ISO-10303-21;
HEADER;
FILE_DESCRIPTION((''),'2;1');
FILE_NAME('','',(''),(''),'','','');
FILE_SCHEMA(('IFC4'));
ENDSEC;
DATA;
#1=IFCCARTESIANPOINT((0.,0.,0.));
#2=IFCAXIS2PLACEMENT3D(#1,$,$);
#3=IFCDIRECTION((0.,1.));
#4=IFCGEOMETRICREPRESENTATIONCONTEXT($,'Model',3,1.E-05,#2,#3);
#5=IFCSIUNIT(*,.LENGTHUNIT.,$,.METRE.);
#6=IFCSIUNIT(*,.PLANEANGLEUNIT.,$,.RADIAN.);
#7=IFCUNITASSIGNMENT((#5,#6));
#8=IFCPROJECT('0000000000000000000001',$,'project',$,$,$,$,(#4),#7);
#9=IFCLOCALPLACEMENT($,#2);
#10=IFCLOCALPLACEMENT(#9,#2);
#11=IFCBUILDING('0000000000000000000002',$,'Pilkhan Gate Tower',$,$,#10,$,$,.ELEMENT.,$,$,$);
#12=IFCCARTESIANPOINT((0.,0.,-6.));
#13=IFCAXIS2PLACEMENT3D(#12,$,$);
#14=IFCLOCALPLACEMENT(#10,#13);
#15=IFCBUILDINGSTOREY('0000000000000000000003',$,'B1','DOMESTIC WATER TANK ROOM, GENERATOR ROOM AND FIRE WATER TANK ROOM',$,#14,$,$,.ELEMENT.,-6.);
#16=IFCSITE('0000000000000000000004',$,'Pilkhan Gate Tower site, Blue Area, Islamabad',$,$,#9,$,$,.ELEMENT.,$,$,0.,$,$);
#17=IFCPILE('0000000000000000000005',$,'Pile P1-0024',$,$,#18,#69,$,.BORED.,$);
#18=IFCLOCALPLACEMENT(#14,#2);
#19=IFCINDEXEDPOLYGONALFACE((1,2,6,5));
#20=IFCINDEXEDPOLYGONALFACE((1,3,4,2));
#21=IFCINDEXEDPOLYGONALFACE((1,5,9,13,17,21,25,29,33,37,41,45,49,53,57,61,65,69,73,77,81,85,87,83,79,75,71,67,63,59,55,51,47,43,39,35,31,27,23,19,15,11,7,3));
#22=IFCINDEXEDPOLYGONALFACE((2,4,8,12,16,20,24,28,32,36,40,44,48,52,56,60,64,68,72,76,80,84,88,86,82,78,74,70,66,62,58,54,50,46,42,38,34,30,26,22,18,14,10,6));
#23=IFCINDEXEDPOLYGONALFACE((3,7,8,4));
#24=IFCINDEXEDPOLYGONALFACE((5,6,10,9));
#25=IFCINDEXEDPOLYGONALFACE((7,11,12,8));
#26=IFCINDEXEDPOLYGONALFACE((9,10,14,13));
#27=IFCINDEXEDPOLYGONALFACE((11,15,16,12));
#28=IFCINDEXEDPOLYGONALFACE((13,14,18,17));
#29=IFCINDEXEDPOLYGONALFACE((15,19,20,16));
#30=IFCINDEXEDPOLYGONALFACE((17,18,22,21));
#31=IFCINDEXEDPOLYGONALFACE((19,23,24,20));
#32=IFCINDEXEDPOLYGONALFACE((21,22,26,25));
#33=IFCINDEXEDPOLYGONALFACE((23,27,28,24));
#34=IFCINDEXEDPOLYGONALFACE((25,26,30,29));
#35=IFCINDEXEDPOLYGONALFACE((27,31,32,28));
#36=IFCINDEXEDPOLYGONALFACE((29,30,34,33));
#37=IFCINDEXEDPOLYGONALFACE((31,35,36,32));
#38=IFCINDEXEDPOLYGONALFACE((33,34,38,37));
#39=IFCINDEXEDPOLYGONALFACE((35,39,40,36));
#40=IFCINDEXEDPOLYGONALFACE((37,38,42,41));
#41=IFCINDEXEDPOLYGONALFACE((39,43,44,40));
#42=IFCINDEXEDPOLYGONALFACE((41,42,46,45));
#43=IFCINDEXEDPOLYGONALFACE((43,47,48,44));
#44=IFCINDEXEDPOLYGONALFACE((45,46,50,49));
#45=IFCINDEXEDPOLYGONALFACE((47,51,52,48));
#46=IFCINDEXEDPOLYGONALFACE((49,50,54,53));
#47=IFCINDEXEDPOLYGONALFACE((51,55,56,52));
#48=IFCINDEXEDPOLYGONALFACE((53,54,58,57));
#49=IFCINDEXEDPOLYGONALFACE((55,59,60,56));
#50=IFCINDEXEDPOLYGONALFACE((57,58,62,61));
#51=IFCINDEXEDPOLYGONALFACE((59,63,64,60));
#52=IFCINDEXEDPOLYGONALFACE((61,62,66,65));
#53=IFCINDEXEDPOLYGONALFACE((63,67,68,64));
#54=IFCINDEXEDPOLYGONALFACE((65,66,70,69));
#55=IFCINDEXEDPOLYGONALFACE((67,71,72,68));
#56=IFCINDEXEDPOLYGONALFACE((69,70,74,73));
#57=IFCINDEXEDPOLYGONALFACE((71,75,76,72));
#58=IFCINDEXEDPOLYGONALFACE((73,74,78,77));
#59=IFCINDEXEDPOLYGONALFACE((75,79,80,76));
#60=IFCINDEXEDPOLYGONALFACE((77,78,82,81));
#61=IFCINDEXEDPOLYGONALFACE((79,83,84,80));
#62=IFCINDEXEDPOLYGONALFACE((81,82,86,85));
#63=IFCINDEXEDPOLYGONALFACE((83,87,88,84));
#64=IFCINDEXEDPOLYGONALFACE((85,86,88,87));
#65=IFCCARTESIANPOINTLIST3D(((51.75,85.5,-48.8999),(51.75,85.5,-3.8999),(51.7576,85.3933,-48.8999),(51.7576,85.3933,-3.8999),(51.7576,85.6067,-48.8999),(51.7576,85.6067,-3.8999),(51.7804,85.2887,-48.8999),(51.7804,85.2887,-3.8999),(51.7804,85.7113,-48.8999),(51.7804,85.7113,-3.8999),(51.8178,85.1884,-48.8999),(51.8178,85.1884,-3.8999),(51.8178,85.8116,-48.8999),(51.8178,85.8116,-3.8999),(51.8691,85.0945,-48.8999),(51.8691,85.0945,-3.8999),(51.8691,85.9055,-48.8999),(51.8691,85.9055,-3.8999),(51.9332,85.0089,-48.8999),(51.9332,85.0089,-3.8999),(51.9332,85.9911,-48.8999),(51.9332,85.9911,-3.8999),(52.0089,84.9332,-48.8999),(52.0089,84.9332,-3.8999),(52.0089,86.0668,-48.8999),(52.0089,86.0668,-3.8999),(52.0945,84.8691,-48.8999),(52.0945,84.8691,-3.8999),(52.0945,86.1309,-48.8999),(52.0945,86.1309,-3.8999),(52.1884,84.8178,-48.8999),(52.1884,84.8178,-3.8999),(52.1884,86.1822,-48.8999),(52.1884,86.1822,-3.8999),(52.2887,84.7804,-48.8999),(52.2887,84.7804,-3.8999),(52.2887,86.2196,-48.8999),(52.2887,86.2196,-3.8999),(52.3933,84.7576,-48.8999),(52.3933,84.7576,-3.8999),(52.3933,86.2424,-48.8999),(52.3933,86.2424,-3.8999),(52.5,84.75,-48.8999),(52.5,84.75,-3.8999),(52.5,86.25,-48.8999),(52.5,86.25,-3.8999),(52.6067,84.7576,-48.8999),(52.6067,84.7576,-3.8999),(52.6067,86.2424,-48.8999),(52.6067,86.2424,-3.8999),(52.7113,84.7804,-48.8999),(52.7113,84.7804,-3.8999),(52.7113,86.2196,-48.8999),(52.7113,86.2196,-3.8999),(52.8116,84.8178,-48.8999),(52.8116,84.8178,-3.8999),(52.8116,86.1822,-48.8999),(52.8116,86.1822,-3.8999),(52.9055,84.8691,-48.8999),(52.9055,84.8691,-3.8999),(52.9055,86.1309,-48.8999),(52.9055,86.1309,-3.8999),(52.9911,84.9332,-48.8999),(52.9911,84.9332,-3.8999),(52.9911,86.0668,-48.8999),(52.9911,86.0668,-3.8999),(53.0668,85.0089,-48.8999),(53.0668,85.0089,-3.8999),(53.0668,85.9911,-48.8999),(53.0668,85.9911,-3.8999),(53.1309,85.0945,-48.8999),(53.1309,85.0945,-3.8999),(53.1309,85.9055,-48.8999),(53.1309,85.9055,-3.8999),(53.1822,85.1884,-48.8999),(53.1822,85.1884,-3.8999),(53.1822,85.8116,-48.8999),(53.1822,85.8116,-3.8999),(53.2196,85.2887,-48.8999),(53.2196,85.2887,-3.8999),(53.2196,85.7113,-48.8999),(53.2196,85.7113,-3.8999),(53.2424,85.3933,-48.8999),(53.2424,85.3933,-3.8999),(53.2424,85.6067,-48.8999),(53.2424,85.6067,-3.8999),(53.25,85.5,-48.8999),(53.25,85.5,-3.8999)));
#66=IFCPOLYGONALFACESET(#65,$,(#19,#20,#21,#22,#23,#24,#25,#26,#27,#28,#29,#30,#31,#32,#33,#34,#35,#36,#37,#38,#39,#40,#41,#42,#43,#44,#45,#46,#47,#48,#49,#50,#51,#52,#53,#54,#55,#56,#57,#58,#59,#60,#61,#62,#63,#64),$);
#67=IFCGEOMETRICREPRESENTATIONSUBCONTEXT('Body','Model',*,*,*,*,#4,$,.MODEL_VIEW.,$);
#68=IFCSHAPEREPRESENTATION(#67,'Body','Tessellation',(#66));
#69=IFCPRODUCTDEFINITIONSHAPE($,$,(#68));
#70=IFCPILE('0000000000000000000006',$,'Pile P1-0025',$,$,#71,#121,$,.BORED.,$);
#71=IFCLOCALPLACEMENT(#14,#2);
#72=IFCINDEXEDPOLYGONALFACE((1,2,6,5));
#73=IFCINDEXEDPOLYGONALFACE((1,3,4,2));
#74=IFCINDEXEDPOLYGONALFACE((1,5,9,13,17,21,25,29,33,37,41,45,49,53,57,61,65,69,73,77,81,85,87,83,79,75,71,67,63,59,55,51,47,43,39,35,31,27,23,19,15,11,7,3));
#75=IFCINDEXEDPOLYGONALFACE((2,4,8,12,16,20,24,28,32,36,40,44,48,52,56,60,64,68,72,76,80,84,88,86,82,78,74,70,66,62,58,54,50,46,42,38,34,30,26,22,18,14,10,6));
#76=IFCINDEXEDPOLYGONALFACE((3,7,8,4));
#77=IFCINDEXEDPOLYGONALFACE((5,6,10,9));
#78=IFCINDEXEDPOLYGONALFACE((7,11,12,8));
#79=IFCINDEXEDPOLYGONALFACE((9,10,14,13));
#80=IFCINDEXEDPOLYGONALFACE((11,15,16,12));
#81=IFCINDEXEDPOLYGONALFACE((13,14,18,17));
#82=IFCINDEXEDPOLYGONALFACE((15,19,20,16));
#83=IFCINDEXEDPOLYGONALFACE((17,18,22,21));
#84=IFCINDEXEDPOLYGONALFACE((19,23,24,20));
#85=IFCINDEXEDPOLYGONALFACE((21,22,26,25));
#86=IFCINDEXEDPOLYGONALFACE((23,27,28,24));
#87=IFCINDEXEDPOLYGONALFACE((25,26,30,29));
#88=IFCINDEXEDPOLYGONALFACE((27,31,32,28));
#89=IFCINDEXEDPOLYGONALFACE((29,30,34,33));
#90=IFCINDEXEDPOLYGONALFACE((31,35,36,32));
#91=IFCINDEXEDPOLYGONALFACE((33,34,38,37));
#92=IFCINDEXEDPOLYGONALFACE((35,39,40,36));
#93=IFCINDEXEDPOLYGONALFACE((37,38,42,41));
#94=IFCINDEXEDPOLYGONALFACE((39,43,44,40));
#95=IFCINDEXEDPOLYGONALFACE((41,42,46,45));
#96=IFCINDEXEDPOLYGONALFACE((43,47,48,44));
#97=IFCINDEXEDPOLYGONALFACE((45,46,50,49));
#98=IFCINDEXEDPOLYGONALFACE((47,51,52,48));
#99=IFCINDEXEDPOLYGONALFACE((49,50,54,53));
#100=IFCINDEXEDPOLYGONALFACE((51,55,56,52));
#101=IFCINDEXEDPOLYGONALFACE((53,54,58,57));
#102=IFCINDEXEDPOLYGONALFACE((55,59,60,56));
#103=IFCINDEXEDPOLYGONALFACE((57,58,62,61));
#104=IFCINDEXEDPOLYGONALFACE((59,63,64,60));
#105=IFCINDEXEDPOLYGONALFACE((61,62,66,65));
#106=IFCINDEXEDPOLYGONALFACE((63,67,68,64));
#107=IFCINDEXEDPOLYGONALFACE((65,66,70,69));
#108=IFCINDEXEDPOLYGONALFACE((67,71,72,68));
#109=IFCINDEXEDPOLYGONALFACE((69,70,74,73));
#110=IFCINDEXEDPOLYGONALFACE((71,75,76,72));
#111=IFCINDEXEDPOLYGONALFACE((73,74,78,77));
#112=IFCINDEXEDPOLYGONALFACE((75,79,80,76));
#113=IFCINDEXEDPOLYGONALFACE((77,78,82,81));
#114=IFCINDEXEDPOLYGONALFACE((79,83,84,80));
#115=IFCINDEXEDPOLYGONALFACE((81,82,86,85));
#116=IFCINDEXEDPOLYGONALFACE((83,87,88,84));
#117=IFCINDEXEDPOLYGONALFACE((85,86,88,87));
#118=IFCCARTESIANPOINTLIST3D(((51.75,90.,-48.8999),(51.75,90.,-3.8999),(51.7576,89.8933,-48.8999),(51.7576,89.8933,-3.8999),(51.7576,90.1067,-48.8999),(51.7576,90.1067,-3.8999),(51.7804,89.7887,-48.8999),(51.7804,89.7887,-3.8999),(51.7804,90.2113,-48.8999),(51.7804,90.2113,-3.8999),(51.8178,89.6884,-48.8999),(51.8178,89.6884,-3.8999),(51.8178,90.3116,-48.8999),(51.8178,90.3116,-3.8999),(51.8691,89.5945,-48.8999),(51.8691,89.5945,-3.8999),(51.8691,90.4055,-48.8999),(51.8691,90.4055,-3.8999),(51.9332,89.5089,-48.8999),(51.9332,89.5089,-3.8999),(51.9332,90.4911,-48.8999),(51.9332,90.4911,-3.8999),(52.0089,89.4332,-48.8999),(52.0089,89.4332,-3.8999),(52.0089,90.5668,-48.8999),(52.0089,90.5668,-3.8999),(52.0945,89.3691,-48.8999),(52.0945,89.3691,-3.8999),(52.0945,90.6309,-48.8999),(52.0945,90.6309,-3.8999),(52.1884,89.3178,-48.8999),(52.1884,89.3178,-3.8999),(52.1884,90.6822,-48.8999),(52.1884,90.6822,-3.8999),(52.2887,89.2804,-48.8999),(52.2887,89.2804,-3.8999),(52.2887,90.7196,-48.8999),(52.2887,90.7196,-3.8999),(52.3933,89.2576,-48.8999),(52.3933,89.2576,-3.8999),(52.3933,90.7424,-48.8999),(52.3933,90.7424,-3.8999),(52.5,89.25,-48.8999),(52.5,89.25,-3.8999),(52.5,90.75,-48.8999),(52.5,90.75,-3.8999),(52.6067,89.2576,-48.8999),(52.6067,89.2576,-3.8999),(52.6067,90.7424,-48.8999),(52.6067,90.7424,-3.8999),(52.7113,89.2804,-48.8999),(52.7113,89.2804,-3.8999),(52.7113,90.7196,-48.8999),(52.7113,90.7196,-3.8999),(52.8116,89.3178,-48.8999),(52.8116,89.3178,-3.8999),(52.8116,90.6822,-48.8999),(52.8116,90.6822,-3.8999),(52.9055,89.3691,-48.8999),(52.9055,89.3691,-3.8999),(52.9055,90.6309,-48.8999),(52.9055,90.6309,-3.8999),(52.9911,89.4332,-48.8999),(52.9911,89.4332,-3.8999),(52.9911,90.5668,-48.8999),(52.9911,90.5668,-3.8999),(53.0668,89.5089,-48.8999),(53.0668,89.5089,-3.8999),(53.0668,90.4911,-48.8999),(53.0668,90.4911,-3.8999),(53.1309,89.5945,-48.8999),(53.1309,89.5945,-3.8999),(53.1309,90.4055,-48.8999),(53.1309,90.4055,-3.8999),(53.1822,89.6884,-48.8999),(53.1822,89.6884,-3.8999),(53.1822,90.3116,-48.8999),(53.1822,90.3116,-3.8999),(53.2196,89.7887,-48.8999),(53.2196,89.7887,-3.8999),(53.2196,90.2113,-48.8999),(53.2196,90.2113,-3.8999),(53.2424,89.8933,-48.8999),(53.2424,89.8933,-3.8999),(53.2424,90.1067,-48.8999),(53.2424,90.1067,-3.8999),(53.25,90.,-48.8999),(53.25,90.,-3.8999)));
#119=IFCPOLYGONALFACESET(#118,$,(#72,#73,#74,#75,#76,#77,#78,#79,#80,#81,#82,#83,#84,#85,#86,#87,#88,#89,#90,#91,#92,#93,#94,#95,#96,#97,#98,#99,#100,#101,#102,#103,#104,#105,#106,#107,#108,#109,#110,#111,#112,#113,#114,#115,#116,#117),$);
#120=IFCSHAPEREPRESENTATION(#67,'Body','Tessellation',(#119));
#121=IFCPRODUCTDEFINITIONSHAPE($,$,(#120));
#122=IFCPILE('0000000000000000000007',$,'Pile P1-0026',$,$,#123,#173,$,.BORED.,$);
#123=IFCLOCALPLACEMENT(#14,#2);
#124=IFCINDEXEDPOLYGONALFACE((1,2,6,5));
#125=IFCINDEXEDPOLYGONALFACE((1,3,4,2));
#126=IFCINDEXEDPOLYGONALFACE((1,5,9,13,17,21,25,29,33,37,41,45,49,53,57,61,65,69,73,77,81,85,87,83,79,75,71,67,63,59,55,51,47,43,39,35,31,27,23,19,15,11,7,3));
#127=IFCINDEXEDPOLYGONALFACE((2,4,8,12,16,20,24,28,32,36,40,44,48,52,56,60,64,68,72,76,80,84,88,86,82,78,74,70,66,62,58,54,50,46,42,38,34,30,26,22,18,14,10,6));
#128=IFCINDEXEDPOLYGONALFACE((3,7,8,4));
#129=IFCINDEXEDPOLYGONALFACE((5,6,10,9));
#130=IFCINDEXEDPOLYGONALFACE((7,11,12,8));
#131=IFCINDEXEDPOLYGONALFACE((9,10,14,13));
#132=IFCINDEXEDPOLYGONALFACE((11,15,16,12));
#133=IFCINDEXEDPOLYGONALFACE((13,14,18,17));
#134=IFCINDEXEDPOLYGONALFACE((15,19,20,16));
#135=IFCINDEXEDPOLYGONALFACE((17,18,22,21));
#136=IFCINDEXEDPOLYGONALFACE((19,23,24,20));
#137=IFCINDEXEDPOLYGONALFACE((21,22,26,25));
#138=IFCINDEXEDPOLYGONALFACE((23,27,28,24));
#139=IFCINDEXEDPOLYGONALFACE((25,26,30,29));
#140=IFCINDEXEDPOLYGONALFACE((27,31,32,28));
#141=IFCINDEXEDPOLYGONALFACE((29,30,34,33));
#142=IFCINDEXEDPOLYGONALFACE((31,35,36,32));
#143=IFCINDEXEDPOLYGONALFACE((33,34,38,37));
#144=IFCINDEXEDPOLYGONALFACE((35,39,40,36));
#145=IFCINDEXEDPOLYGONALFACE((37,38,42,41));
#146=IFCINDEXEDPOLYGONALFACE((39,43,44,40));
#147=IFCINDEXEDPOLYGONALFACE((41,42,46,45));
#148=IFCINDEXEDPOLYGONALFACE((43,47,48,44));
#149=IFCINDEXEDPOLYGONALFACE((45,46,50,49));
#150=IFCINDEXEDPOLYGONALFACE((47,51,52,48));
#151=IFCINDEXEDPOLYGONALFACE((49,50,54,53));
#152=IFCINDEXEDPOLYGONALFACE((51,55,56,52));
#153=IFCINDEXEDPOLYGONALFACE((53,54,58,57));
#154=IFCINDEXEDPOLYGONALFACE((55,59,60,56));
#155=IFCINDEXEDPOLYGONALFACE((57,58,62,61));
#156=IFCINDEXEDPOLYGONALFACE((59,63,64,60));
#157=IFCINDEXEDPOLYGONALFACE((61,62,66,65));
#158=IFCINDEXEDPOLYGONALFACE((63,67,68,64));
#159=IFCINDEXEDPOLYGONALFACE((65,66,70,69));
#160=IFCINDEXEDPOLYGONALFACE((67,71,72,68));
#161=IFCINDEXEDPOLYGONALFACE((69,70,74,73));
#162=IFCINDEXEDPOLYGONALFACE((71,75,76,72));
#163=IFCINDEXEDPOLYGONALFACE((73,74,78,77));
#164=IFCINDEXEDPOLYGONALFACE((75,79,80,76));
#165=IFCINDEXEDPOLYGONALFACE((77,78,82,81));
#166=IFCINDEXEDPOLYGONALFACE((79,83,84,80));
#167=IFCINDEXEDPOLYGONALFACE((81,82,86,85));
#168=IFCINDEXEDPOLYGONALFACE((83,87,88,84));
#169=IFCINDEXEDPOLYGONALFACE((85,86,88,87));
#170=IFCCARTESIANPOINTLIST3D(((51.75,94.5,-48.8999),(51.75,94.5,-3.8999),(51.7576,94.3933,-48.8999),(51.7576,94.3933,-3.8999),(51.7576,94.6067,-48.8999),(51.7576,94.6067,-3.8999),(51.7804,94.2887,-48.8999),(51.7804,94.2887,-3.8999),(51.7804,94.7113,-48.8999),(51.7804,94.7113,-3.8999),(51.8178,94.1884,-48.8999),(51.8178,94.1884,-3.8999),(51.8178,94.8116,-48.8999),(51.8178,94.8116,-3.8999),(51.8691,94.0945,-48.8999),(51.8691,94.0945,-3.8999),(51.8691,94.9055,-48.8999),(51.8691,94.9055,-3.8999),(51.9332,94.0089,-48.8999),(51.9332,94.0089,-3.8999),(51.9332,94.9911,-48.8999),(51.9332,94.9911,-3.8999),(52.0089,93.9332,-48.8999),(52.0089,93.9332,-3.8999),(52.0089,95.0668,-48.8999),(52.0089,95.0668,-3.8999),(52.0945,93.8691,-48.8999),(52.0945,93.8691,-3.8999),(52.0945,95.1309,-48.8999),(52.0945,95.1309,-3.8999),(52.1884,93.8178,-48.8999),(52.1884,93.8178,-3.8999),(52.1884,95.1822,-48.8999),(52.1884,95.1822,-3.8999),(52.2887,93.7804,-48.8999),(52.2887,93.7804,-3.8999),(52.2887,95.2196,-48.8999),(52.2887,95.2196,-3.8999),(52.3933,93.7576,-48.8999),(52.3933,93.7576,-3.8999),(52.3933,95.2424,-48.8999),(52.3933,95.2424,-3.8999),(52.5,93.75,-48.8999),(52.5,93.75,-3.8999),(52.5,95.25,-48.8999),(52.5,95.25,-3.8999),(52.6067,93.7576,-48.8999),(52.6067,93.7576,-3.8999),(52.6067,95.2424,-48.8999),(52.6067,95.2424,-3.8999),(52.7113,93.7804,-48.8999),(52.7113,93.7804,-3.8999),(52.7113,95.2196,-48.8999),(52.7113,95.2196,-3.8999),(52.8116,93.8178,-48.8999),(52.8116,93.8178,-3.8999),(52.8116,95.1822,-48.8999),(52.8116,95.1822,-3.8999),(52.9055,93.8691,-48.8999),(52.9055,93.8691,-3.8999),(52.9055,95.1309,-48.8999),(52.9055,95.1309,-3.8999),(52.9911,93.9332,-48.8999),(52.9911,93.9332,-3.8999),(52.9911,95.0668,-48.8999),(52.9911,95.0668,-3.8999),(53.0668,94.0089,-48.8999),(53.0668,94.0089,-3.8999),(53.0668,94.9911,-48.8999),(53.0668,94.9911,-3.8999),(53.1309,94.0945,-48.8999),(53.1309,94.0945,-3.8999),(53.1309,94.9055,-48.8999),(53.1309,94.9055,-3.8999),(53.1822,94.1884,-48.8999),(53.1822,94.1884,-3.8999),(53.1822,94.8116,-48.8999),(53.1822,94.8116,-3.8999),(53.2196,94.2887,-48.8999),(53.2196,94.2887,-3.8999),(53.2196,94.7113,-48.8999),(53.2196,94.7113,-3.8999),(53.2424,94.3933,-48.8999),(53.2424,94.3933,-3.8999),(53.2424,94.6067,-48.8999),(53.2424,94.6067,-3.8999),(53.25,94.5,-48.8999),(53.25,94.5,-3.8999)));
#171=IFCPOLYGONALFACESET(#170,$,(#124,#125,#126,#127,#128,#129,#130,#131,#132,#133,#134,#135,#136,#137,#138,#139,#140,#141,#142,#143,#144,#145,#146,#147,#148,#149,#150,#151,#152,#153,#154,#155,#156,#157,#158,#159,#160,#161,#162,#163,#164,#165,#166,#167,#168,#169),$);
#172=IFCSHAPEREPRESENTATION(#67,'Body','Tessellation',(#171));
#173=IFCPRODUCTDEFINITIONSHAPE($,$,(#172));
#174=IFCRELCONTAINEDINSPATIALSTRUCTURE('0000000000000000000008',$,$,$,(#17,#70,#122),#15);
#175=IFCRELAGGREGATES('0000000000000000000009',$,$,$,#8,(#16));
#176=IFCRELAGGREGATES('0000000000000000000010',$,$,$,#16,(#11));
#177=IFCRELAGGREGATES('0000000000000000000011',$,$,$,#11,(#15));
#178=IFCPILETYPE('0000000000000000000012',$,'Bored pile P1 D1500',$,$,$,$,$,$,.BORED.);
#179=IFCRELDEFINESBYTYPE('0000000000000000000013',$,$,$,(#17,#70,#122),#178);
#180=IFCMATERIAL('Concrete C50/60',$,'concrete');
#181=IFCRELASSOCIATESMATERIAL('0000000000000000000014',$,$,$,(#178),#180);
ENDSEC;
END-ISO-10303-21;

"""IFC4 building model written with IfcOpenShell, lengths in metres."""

from ifc_helpers import new_model, si_unit, direction, frame, origin, origin_2d, place, context, subcontext, project, spatial, circle, extrude, material, material_profile, profile_set, type_object, element, save


model = new_model("IFC4")

# Units and contexts
model_context = context("Model", 3, precision=1e-05, world=origin(), true_north=direction((0.0, 1.0)))
body_context = subcontext(model_context, "Body", "Model", "MODEL_VIEW")
ifc_project = project(units=[si_unit("LENGTHUNIT", "METRE"), si_unit("PLANEANGLEUNIT", "RADIAN")], contexts=[model_context])

# Site, building, storey
site_placement = place(None, origin())
site = spatial("IfcSite", under=ifc_project, at=site_placement, Name="Pilkhan Gate Tower site, Blue Area, Islamabad", CompositionType="ELEMENT", RefElevation=0.0)
building_placement = place(site_placement, origin())
building = spatial("IfcBuilding", under=site, at=building_placement, Name="Pilkhan Gate Tower", CompositionType="ELEMENT")
storey_placement = place(building_placement, frame((0.0, 0.0, -6.0)))
storey = spatial("IfcBuildingStorey", under=building, at=storey_placement, Name="B1", Description="DOMESTIC WATER TANK ROOM, GENERATOR ROOM AND FIRE WATER TANK ROOM", CompositionType="ELEMENT", Elevation=-6.0)

# Piles
ifc_material_1 = material(Name="Concrete C50/60", Category="concrete")
ifc_material_profile_1 = material_profile(ifc_material_1, circle(Radius=0.75, at=origin_2d()), Name="Bored pile 1500 dia")
ifc_profile_set_1 = profile_set([ifc_material_profile_1], Name="Concrete C50/60")
pile_type = type_object("IfcPileType", Name="Bored pile P1 D1500", PredefinedType="BORED", material=ifc_profile_set_1)
for number, where, z_axis, x_axis, name in (
    (1, (52.5, 85.5, -3.8999), (0.0, 0.0, -1.0), (1.0, 0.0, 0.0), "Pile P1-0024"),
    (2, (52.5, 90.0, -3.8999), (0.0, 0.0, -1.0), (1.0, 0.0, 0.0), "Pile P1-0025"),
    (3, (52.5, 94.5, -3.8999), (0.0, 0.0, -1.0), (1.0, 0.0, 0.0), "Pile P1-0026"),
):
    element("IfcPile", number, at=place(storey_placement, frame(where, z_axis=z_axis, x_axis=x_axis)), inside=storey, type_object=pile_type, Name=name, PredefinedType="BORED", context=body_context, shape_type="SweptSolid", body=[
        extrude(circle(Radius=0.75, at=origin_2d()), origin(), (0.0, 0.0, 1.0), 45.0),
    ])

save(model, "model.ifc")
